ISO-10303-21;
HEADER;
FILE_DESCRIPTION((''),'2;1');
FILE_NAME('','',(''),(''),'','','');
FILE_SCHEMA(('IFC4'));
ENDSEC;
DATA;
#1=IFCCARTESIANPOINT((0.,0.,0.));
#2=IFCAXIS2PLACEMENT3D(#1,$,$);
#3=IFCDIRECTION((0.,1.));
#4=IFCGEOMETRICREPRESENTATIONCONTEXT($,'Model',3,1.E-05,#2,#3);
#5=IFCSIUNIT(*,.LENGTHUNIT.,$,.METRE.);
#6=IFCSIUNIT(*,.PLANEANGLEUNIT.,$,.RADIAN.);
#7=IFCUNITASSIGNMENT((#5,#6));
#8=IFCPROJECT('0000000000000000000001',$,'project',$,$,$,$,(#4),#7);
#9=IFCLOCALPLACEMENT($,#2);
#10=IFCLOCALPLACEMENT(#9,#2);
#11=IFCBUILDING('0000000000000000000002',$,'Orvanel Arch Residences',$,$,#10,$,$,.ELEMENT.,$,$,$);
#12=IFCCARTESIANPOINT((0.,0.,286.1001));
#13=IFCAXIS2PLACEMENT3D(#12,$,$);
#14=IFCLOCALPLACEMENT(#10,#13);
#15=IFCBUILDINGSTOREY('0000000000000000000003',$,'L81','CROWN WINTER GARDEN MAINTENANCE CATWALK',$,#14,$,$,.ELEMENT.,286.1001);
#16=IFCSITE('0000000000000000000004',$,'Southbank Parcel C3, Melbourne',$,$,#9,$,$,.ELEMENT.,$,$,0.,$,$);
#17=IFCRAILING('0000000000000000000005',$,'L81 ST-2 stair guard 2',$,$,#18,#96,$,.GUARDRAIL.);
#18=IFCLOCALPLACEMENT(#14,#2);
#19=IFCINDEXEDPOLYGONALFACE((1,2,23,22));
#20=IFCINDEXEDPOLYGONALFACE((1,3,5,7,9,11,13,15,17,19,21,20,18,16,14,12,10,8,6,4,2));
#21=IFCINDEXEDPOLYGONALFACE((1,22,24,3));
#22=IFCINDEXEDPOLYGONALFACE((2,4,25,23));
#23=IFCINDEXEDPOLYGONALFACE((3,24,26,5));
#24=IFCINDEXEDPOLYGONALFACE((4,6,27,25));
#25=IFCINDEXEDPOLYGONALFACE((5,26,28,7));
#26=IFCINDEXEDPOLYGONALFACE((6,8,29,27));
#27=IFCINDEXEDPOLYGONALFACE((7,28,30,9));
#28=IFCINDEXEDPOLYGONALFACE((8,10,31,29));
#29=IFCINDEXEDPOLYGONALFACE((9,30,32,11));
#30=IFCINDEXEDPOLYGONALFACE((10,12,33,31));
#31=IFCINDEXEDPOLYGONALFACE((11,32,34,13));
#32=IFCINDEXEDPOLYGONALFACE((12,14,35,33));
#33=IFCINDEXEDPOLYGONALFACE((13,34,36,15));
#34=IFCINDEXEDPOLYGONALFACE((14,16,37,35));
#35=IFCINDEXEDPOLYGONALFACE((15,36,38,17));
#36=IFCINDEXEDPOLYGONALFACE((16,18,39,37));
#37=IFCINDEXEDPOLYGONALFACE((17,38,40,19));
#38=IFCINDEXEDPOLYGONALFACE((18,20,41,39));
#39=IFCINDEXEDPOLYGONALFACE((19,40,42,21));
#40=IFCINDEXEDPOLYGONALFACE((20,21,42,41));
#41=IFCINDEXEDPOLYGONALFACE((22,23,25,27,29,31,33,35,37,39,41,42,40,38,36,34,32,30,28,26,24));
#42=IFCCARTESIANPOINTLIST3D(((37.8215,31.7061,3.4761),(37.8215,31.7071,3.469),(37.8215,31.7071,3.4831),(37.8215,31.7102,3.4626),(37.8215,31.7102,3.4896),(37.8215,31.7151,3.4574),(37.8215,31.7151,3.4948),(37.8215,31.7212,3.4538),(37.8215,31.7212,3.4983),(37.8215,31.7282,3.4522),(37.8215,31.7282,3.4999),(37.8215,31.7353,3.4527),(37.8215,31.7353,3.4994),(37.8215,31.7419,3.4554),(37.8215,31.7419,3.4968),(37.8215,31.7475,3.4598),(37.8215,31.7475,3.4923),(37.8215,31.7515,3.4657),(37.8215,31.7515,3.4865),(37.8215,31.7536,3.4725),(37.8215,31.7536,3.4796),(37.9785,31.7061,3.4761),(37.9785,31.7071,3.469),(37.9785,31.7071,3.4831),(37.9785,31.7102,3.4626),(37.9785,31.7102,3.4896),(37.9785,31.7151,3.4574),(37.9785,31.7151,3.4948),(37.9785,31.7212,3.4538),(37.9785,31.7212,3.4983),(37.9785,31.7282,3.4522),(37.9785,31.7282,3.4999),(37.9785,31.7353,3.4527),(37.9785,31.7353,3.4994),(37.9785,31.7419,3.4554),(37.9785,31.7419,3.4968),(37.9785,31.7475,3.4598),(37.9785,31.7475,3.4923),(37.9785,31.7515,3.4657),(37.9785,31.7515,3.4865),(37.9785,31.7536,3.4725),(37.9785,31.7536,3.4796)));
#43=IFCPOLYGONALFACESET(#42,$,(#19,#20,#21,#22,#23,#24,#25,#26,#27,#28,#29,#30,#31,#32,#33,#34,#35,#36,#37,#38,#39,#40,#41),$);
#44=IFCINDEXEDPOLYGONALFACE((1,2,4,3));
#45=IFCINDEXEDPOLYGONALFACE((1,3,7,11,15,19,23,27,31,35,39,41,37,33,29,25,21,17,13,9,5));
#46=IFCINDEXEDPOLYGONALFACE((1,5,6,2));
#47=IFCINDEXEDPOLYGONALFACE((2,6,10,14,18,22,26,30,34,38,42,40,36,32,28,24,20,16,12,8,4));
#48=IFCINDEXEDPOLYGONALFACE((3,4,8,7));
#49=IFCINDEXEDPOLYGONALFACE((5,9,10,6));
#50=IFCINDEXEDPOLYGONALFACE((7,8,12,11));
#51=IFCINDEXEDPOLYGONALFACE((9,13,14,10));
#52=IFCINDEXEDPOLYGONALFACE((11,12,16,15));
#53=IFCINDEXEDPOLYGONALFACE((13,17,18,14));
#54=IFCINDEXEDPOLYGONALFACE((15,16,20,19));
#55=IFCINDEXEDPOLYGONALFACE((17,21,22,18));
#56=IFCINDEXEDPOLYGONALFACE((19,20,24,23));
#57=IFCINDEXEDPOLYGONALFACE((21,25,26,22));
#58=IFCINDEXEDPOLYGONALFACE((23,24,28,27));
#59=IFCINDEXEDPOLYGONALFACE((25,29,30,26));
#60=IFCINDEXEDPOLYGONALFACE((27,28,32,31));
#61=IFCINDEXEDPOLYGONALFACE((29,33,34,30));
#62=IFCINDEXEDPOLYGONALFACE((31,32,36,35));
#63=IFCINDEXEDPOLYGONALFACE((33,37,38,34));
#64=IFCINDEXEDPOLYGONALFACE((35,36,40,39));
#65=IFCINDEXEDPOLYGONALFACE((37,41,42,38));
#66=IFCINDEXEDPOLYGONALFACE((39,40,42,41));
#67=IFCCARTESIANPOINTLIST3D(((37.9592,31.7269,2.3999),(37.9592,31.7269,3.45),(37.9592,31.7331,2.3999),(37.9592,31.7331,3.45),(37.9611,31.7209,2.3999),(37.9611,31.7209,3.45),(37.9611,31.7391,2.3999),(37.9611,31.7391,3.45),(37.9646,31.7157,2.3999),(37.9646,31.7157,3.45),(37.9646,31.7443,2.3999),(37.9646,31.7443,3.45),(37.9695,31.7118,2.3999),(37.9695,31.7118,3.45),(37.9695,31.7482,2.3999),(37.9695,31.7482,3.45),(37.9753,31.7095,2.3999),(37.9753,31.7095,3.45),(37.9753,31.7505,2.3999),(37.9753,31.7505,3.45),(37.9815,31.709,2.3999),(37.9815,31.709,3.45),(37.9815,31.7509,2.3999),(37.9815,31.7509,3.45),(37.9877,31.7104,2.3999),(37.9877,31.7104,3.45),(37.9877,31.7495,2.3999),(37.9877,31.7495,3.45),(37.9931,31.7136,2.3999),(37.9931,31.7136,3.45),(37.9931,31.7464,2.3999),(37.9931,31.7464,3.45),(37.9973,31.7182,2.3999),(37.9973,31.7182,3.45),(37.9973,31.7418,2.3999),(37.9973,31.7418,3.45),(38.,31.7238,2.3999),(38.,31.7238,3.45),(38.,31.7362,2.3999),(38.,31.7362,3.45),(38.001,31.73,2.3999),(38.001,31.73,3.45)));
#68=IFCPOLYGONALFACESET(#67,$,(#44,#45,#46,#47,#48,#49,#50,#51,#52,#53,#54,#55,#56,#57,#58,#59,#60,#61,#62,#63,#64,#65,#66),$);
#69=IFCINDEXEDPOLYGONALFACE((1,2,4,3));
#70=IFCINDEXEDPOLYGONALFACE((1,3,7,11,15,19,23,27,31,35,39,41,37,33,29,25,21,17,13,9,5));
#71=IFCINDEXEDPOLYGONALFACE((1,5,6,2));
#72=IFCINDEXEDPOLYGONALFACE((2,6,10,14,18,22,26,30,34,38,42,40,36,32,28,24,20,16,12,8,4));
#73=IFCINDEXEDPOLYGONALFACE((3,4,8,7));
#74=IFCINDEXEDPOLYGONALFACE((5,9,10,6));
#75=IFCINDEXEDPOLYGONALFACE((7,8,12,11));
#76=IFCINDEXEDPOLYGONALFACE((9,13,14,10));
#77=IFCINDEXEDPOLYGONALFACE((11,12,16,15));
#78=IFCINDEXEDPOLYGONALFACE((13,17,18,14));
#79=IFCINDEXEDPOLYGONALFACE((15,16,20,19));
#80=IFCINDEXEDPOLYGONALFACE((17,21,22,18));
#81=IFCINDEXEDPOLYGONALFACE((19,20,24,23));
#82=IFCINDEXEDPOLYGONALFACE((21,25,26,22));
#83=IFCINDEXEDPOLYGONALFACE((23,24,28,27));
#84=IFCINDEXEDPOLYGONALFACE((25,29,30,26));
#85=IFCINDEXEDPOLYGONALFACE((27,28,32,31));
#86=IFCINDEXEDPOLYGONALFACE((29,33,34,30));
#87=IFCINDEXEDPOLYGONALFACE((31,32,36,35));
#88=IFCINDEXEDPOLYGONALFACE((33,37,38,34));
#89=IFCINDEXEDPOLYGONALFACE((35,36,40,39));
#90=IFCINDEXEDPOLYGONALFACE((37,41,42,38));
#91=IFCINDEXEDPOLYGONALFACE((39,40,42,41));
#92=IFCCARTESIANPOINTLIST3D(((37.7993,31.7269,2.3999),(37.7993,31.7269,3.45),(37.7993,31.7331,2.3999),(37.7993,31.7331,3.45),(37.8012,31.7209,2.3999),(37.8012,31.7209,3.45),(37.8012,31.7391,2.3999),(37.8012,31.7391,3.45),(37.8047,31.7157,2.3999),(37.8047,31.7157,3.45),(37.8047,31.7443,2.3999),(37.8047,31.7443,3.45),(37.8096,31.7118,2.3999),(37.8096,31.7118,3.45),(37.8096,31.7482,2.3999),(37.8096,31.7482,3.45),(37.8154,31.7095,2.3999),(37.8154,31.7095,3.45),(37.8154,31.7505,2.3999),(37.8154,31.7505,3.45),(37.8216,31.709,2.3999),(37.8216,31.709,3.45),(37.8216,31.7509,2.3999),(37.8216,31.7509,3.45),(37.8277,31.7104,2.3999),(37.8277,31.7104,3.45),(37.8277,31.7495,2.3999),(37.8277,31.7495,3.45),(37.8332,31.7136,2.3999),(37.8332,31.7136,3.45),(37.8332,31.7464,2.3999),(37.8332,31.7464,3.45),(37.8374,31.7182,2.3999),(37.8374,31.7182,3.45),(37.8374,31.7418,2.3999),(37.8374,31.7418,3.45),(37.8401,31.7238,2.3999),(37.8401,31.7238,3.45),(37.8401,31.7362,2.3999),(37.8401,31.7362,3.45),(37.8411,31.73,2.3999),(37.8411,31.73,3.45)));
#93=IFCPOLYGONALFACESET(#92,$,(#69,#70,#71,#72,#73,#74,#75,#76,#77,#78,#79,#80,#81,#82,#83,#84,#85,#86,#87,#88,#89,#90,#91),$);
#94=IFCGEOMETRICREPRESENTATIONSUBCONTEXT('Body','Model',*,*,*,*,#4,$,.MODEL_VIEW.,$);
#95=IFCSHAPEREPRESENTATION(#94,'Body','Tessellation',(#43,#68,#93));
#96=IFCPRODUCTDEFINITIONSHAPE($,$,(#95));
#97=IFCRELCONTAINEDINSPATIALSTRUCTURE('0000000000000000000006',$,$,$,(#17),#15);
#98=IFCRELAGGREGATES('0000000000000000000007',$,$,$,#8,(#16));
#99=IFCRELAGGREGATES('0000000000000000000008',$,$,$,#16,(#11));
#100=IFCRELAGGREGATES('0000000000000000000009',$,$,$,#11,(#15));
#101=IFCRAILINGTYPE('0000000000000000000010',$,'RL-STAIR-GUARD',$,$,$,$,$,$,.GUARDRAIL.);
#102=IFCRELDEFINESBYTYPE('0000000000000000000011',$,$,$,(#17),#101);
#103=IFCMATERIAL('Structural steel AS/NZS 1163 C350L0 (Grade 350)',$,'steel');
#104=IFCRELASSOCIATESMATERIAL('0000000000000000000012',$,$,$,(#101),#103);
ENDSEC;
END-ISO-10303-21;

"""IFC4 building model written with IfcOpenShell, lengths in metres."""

from ifc_helpers import new_model, si_unit, direction, frame, origin, origin_2d, place, context, subcontext, project, spatial, circle, extrude, material, type_object, element, save


model = new_model("IFC4")

# Units and contexts
model_context = context("Model", 3, precision=1e-05, world=origin(), true_north=direction((0.0, 1.0)))
body_context = subcontext(model_context, "Body", "Model", "MODEL_VIEW")
ifc_project = project(units=[si_unit("LENGTHUNIT", "METRE"), si_unit("PLANEANGLEUNIT", "RADIAN")], contexts=[model_context])

# Site, building, storey
site_placement = place(None, origin())
site = spatial("IfcSite", under=ifc_project, at=site_placement, Name="Southbank Parcel C3, Melbourne", CompositionType="ELEMENT", RefElevation=0.0)
building_placement = place(site_placement, origin())
building = spatial("IfcBuilding", under=site, at=building_placement, Name="Orvanel Arch Residences", CompositionType="ELEMENT")
storey_placement = place(building_placement, frame((0.0, 0.0, 286.1001)))
storey = spatial("IfcBuildingStorey", under=building, at=storey_placement, Name="L81", Description="CROWN WINTER GARDEN MAINTENANCE CATWALK", CompositionType="ELEMENT", Elevation=286.1001)

# Shared definitions
ifc_material_1 = material(Name="Structural steel AS/NZS 1163 C350L0 (Grade 350)", Category="steel")

# Railing
railing_type_1 = type_object("IfcRailingType", Name="RL-STAIR-GUARD", PredefinedType="GUARDRAIL", material=ifc_material_1)
railing_1_placement = place(storey_placement, frame((37.98, 31.73, 2.3999)))
element("IfcRailing", 1, at=railing_1_placement, inside=storey, type_object=railing_type_1, Name="L81 ST-2 stair guard 2", PredefinedType="GUARDRAIL", context=body_context, shape_type="SweptSolid", body=[
    extrude(circle(Radius=0.0239, at=origin_2d()), frame((-0.0015, 0.0, 1.0762), z_axis=(-1.0, 0.0, 0.0), x_axis=(0.0, -1.0, 0.0)), (0.0, 0.0, 1.0), 0.157),
    extrude(circle(Radius=0.021, at=origin_2d()), origin(), (0.0, 0.0, 1.0), 1.05),
    extrude(circle(Radius=0.021, at=origin_2d()), frame((-0.1599, 0.0, 0.0)), (0.0, 0.0, 1.0), 1.05),
])

save(model, "model.ifc")
